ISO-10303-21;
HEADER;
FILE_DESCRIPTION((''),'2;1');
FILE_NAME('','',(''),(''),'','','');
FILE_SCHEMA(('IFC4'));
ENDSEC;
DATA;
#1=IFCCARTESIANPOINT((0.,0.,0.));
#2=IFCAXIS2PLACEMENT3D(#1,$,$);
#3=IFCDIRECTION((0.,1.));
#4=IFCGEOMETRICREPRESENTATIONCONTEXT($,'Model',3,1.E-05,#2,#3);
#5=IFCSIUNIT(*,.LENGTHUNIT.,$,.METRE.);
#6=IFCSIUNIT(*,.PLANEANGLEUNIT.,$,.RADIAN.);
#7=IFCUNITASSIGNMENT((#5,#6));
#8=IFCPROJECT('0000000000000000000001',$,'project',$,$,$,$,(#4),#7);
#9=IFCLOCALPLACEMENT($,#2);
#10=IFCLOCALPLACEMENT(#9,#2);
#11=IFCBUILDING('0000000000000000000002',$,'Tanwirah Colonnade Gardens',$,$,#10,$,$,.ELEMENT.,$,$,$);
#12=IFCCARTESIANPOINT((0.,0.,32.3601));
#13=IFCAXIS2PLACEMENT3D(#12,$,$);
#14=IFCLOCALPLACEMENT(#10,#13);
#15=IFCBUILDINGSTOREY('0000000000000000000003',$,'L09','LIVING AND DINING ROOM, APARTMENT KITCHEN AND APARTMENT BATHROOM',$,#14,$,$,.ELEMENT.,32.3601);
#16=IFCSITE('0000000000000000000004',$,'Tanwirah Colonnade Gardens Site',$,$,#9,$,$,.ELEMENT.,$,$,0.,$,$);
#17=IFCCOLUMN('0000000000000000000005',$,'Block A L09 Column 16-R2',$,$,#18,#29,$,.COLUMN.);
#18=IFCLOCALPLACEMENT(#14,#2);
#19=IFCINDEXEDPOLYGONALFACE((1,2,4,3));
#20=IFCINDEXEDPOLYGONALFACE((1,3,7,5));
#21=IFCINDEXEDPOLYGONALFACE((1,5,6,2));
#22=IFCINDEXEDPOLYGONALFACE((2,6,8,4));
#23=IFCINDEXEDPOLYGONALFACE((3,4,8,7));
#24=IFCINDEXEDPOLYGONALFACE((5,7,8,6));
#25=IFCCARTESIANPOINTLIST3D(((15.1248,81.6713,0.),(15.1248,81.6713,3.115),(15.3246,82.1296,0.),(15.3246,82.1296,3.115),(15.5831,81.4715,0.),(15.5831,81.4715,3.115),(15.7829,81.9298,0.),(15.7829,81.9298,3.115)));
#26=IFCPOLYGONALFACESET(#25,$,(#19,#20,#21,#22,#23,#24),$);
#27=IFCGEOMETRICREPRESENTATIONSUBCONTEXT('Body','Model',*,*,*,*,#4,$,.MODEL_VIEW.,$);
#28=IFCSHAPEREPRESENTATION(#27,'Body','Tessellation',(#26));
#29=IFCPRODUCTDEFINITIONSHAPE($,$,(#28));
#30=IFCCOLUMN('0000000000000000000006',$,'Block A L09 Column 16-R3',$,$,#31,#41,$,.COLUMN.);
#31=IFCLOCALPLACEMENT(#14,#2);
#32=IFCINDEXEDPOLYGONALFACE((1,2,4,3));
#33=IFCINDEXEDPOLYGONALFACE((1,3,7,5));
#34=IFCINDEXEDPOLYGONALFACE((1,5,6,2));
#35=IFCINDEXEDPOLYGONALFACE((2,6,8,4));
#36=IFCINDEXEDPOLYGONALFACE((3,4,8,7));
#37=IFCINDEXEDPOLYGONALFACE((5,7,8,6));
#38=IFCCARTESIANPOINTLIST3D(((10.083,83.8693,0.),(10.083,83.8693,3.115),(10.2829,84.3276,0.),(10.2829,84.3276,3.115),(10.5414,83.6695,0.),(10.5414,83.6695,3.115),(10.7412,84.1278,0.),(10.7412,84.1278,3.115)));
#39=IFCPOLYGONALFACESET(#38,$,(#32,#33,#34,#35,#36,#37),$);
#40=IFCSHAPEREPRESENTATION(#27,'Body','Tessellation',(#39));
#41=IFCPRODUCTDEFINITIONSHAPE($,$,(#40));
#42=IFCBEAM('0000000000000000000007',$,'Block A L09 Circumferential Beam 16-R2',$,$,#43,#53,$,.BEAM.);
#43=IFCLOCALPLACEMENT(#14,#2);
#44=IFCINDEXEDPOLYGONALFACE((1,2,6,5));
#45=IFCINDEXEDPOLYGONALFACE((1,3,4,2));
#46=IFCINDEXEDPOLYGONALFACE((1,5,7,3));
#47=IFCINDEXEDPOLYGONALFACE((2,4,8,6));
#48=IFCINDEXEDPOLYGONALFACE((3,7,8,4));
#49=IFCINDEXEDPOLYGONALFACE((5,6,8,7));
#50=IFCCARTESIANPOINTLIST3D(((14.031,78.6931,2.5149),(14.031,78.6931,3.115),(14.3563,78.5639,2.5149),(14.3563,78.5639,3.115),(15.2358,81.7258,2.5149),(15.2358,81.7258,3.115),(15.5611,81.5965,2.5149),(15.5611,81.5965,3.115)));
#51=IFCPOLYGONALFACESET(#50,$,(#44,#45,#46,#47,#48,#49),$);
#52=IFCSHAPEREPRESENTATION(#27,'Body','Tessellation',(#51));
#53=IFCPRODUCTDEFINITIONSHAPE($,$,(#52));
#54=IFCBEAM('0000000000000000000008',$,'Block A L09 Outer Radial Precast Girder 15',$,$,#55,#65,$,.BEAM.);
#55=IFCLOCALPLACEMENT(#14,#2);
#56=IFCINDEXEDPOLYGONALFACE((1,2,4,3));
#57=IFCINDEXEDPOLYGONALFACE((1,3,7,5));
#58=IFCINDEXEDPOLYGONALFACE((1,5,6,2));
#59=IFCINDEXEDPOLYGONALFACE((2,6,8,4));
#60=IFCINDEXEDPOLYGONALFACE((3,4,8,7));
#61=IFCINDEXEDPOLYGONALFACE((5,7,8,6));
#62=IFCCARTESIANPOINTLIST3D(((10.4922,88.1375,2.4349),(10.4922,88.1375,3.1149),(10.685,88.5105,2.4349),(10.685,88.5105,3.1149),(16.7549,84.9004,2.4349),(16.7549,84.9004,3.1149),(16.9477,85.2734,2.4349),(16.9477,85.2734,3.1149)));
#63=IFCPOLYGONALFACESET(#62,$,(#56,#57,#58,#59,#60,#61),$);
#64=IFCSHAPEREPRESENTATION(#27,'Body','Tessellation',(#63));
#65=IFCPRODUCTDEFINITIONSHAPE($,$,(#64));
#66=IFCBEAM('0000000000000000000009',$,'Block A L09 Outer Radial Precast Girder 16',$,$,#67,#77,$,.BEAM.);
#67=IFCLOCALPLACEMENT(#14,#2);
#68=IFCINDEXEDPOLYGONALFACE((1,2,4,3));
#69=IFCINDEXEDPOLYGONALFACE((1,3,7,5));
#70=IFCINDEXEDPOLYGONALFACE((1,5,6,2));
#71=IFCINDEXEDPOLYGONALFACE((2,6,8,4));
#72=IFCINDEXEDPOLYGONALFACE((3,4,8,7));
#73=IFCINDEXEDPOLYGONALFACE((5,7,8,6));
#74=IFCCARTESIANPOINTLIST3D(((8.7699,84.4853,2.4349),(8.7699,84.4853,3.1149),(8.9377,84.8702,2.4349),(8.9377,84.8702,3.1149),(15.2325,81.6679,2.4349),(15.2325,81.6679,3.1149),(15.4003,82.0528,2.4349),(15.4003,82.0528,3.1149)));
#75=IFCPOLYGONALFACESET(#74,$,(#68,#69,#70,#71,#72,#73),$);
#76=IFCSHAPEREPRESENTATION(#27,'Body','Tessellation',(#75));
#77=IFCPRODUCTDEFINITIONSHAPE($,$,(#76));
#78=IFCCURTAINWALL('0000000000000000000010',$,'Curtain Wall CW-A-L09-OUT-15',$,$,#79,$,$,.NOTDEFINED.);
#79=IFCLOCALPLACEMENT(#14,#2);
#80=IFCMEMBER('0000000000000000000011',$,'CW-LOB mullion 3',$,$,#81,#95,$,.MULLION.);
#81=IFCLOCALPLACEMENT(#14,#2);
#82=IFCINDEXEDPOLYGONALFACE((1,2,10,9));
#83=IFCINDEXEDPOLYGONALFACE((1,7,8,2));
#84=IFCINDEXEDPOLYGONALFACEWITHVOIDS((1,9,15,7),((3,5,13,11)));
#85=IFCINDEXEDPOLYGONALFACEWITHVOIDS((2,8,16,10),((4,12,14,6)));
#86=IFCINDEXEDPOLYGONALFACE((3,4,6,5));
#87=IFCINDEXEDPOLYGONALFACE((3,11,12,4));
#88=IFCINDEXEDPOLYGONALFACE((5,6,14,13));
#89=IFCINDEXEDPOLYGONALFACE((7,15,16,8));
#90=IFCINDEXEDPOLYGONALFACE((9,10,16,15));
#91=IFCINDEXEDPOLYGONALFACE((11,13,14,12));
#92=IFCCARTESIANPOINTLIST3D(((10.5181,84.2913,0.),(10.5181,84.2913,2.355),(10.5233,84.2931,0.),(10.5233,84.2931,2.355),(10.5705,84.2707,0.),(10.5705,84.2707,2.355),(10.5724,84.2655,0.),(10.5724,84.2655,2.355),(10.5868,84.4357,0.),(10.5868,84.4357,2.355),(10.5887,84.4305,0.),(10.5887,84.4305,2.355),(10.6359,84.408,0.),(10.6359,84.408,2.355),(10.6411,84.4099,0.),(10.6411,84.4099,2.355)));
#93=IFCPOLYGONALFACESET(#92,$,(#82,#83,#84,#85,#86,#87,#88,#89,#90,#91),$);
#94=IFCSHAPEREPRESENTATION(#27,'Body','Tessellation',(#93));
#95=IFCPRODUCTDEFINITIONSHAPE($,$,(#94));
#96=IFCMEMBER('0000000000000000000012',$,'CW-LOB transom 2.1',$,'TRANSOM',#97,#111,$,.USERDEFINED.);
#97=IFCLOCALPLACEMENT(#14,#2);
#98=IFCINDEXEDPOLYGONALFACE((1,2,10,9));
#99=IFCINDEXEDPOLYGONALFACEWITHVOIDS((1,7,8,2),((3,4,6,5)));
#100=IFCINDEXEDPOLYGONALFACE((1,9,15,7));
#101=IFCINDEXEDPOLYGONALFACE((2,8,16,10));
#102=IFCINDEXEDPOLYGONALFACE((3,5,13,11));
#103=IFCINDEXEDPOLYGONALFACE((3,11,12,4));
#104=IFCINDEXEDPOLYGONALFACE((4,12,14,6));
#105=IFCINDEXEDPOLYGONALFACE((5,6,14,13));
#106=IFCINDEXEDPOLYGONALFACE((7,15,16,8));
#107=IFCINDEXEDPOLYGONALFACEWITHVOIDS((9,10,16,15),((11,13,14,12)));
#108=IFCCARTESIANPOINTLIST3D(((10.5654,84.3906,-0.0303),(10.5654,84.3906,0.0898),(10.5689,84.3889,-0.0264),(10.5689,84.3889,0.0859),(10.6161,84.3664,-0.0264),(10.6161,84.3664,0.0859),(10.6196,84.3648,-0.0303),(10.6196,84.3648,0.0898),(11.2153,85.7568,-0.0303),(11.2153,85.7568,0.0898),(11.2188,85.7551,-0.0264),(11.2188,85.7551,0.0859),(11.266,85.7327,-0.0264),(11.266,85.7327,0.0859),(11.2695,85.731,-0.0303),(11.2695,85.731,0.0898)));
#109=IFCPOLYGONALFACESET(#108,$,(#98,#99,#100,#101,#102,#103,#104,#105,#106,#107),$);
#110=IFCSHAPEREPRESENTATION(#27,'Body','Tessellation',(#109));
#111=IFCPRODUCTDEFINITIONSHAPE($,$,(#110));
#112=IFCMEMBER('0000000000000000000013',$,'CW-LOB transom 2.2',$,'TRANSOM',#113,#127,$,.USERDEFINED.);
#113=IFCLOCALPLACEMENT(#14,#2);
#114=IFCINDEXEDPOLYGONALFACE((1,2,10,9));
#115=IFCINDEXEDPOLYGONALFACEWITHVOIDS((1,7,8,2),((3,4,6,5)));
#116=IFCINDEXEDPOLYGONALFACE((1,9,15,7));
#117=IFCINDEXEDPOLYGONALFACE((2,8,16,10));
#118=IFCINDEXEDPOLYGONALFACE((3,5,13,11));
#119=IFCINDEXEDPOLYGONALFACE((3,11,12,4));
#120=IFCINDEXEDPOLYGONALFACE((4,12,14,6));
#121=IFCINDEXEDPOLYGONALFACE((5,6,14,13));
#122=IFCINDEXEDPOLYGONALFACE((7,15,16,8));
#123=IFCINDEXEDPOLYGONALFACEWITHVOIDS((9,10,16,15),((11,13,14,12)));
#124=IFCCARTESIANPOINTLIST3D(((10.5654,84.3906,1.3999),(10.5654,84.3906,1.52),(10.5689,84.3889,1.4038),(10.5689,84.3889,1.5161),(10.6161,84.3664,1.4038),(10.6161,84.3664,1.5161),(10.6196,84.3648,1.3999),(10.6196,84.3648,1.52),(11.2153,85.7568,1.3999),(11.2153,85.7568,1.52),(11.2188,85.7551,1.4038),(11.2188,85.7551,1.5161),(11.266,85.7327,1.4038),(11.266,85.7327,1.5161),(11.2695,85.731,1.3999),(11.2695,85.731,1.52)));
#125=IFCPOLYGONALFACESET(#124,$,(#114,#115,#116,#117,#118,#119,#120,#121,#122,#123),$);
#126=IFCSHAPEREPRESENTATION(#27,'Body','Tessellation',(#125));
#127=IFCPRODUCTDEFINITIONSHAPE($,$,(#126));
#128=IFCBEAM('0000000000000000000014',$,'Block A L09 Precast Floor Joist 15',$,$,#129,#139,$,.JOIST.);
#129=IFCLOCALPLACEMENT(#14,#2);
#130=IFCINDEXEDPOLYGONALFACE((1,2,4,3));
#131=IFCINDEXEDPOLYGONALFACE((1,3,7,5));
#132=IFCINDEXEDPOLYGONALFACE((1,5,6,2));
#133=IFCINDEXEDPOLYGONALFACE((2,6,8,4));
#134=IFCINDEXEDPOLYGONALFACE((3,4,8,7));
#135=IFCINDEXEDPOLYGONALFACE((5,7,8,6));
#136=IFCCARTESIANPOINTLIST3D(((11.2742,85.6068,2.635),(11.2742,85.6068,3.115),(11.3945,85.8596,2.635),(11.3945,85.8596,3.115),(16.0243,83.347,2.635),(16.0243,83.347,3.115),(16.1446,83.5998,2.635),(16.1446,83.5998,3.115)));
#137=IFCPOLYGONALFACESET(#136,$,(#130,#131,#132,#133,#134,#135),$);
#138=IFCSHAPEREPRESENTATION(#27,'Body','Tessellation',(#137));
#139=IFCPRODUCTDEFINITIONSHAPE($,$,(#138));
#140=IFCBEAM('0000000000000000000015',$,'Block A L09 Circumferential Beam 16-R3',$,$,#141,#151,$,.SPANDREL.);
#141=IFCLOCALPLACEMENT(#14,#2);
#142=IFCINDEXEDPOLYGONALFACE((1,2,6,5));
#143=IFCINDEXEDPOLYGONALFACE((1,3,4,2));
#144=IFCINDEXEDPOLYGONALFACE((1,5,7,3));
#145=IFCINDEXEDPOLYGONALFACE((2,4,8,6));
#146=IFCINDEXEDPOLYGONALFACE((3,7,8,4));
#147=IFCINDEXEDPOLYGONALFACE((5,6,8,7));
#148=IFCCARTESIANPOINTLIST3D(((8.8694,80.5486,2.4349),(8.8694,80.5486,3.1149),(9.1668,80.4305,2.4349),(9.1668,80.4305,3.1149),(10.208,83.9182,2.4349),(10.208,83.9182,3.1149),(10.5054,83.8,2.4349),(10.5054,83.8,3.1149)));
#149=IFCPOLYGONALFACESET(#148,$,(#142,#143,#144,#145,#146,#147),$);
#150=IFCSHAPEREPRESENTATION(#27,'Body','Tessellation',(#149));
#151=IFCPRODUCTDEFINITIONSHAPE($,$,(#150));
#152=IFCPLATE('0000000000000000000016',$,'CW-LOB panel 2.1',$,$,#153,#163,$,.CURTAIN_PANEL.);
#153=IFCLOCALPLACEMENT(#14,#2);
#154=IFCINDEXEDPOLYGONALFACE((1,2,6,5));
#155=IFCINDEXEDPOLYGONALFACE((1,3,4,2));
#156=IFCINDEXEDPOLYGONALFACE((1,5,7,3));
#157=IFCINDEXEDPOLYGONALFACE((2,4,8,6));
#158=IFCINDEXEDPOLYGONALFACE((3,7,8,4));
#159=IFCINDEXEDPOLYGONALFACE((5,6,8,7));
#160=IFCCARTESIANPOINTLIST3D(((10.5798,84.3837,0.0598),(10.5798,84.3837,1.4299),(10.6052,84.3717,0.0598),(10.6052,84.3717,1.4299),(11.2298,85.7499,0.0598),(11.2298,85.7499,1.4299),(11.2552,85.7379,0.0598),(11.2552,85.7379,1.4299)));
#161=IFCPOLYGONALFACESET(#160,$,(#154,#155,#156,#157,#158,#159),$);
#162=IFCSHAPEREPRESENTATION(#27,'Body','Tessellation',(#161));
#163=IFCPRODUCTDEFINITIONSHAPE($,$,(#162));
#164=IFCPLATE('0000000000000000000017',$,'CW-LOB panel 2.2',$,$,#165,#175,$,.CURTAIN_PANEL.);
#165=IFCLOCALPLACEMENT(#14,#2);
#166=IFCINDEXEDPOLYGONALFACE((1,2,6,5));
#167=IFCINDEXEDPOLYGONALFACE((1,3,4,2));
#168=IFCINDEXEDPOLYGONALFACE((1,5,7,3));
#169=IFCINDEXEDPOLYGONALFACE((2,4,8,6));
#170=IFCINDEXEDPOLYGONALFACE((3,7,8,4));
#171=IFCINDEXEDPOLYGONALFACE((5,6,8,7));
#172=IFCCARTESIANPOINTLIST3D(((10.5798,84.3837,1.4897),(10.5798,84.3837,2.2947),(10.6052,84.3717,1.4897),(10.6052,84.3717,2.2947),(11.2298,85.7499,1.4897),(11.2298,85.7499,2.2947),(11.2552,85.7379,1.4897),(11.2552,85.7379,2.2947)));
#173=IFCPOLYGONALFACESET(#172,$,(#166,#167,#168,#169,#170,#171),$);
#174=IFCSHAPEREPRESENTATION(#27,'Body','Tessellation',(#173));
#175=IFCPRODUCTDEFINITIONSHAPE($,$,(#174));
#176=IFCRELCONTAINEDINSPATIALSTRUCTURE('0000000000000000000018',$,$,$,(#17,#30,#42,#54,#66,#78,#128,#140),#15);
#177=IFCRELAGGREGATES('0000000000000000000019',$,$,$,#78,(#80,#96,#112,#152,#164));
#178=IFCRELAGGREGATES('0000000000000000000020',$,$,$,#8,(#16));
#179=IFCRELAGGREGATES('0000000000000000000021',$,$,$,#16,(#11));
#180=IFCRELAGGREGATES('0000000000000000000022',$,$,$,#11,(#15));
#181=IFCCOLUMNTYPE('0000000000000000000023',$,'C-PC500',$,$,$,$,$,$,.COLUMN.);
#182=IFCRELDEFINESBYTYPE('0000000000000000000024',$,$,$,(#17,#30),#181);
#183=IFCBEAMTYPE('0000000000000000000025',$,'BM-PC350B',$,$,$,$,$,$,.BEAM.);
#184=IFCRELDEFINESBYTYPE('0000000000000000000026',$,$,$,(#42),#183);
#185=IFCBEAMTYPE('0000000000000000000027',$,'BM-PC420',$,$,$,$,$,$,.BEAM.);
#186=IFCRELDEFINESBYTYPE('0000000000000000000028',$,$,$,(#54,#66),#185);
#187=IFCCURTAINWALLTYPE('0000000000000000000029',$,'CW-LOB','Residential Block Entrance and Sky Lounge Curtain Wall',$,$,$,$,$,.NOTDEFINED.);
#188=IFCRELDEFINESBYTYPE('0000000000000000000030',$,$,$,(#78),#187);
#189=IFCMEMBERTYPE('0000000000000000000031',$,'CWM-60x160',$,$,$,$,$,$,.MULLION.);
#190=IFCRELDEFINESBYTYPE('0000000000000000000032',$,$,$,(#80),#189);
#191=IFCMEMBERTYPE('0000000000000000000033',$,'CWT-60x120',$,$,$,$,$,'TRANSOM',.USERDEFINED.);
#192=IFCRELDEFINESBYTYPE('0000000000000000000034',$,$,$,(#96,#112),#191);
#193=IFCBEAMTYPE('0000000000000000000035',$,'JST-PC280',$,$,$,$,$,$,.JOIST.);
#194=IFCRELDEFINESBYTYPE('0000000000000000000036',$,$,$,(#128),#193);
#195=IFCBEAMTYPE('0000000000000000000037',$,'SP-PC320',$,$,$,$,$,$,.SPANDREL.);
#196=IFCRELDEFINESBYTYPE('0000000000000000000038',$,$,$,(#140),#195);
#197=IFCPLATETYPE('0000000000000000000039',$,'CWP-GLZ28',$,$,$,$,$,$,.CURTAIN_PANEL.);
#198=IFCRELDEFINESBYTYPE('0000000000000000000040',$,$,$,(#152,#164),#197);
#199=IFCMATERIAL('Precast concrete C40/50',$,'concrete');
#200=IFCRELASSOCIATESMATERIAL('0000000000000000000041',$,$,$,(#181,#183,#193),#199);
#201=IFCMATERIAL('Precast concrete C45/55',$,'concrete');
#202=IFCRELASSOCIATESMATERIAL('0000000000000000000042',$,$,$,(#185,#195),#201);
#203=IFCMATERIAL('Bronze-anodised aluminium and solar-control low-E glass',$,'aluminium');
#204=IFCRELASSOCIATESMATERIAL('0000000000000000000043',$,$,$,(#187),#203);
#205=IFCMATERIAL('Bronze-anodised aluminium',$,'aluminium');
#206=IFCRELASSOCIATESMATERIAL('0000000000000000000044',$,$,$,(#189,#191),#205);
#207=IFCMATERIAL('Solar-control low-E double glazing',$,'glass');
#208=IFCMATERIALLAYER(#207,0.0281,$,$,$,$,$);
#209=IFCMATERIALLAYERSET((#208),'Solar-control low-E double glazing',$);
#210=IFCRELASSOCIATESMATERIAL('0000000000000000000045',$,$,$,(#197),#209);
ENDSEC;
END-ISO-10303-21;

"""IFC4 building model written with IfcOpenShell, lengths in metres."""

from ifc_helpers import new_model, si_unit, direction, frame, origin, origin_2d, place, context, subcontext, project, spatial, rectangle, hollow_rectangle, extrude, material, layer, layer_set, material_profile, profile_set, type_object, element, aggregate, save


model = new_model("IFC4")

# Units and contexts
model_context = context("Model", 3, precision=1e-05, world=origin(), true_north=direction((0.0, 1.0)))
body_context = subcontext(model_context, "Body", "Model", "MODEL_VIEW")
ifc_project = project(units=[si_unit("LENGTHUNIT", "METRE"), si_unit("PLANEANGLEUNIT", "RADIAN")], contexts=[model_context])

# Site, building, storey
site_placement = place(None, origin())
site = spatial("IfcSite", under=ifc_project, at=site_placement, Name="Tanwirah Colonnade Gardens Site", CompositionType="ELEMENT", RefElevation=0.0)
building_placement = place(site_placement, origin())
building = spatial("IfcBuilding", under=site, at=building_placement, Name="Tanwirah Colonnade Gardens", CompositionType="ELEMENT")
storey_placement = place(building_placement, frame((0.0, 0.0, 32.3601)))
storey = spatial("IfcBuildingStorey", under=building, at=storey_placement, Name="L09", Description="LIVING AND DINING ROOM, APARTMENT KITCHEN AND APARTMENT BATHROOM", CompositionType="ELEMENT", Elevation=32.3601)

# Columns
ifc_material_1 = material(Name="Precast concrete C40/50", Category="concrete")
ifc_material_profile_1 = material_profile(ifc_material_1, rectangle(XDim=0.5, YDim=0.5, at=origin_2d()), Name="PC-COL 500x500")
ifc_profile_set_1 = profile_set([ifc_material_profile_1], Name="Precast concrete C40/50")
column_type = type_object("IfcColumnType", Name="C-PC500", PredefinedType="COLUMN", material=ifc_profile_set_1)
for number, where, z_axis, x_axis, name in (
    (1, (15.4539, 81.8005, 0.0), (0.0, 0.0, 1.0), (-0.916673, 0.399638, 0.0), "Block A L09 Column 16-R2"),
    (2, (10.4121, 83.9985, 0.0), (0.0, 0.0, 1.0), (-0.916673, 0.399638, 0.0), "Block A L09 Column 16-R3"),
):
    element("IfcColumn", number, at=place(storey_placement, frame(where, z_axis=z_axis, x_axis=x_axis)), inside=storey, type_object=column_type, Name=name, PredefinedType="COLUMN", context=body_context, shape_type="SweptSolid", body=[
        extrude(rectangle(XDim=0.5, YDim=0.5, at=origin_2d()), origin(), (0.0, 0.0, 1.0), 3.115),
    ])

# Beams
ifc_material_profile_2 = material_profile(ifc_material_1, rectangle(XDim=0.3501, YDim=0.6001, at=origin_2d()), Name="PC-BM 350x600")
ifc_profile_set_2 = profile_set([ifc_material_profile_2], Name="Precast concrete C40/50")
beam_type_1 = type_object("IfcBeamType", Name="BM-PC350B", PredefinedType="BEAM", material=ifc_profile_set_2)
beam_1_placement = place(storey_placement, frame((15.3984, 81.6611, 2.8149), z_axis=(-0.36921, -0.929346, 0.0), x_axis=(0.929346, -0.36921, 0.0)))
element("IfcBeam", 3, at=beam_1_placement, inside=storey, type_object=beam_type_1, Name="Block A L09 Circumferential Beam 16-R2", PredefinedType="BEAM", context=body_context, shape_type="SweptSolid", body=[
    extrude(rectangle(XDim=0.3501, YDim=0.6001, at=origin_2d()), origin(), (0.0, 0.0, 1.0), 3.2632),
])
ifc_material_2 = material(Name="Precast concrete C45/55", Category="concrete")
ifc_material_profile_3 = material_profile(ifc_material_2, rectangle(XDim=0.4199, YDim=0.6799, at=origin_2d()), Name="PC-BM 420x680")
ifc_profile_set_3 = profile_set([ifc_material_profile_3], Name="Precast concrete C45/55")
beam_type_2 = type_object("IfcBeamType", Name="BM-PC420", PredefinedType="BEAM", material=ifc_profile_set_3)
beam_2_placement = place(storey_placement, frame((16.8513, 85.0869, 2.7749), z_axis=(-0.888349, 0.459169, 0.0), x_axis=(-0.459169, -0.888349, 0.0)))
element("IfcBeam", 4, at=beam_2_placement, inside=storey, type_object=beam_type_2, Name="Block A L09 Outer Radial Precast Girder 15", PredefinedType="BEAM", context=body_context, shape_type="SweptSolid", body=[
    extrude(rectangle(XDim=0.4199, YDim=0.6799, at=origin_2d()), origin(), (0.0, 0.0, 1.0), 7.0498),
])
beam_3_placement = place(storey_placement, frame((15.3164, 81.8604, 2.7749), z_axis=(-0.916679, 0.399625, 0.0), x_axis=(-0.399625, -0.916679, 0.0)))
element("IfcBeam", 5, at=beam_3_placement, inside=storey, type_object=beam_type_2, Name="Block A L09 Outer Radial Precast Girder 16", PredefinedType="BEAM", context=body_context, shape_type="SweptSolid", body=[
    extrude(rectangle(XDim=0.4199, YDim=0.6799, at=origin_2d()), origin(), (0.0, 0.0, 1.0), 7.05),
])

# Curtain wall, members
ifc_material_3 = material(Name="Bronze-anodised aluminium and solar-control low-E glass", Category="aluminium")
curtain_wall_type = type_object("IfcCurtainWallType", Name="CW-LOB", Description="Residential Block Entrance and Sky Lounge Curtain Wall", PredefinedType="NOTDEFINED", material=ifc_material_3)
curtain_wall_placement = place(storey_placement, origin())
curtain_wall = element("IfcCurtainWall", 6, at=curtain_wall_placement, inside=storey, type_object=curtain_wall_type, Name="Curtain Wall CW-A-L09-OUT-15", PredefinedType="NOTDEFINED")
ifc_material_4 = material(Name="Bronze-anodised aluminium", Category="aluminium")
ifc_material_profile_4 = material_profile(ifc_material_4, hollow_rectangle(XDim=0.0601, YDim=0.1599, WallThickness=0.0039, at=origin_2d()), Name="CW-MUL 60x160x4")
ifc_profile_set_4 = profile_set([ifc_material_profile_4], Name="Bronze-anodised aluminium")
member_type_1 = type_object("IfcMemberType", Name="CWM-60x160", PredefinedType="MULLION", material=ifc_profile_set_4)
member_1_placement = place(storey_placement, frame((10.5796, 84.3506, 0.0), z_axis=(0.0, 0.0, 1.0), x_axis=(0.903002, -0.429635, 0.0)))
member_1 = element("IfcMember", 7, at=member_1_placement, type_object=member_type_1, Name="CW-LOB mullion 3", PredefinedType="MULLION", context=body_context, shape_type="SweptSolid", body=[
    extrude(hollow_rectangle(XDim=0.0601, YDim=0.1599, WallThickness=0.0039, at=origin_2d()), origin(), (0.0, 0.0, 1.0), 2.355),
])
ifc_material_profile_5 = material_profile(ifc_material_4, hollow_rectangle(XDim=0.0601, YDim=0.1201, WallThickness=0.0039, at=origin_2d()), Name="CW-TRN 60x120x4")
ifc_profile_set_5 = profile_set([ifc_material_profile_5], Name="Bronze-anodised aluminium")
member_type_2 = type_object("IfcMemberType", Name="CWT-60x120", ElementType="TRANSOM", PredefinedType="USERDEFINED", material=ifc_profile_set_5)
member_2_placement = place(storey_placement, frame((11.2424, 85.7439, 0.0298), z_axis=(-0.42957, -0.903033, 0.0), x_axis=(0.903033, -0.42957, 0.0)))
member_2 = element("IfcMember", 8, at=member_2_placement, type_object=member_type_2, Name="CW-LOB transom 2.1", ObjectType="TRANSOM", PredefinedType="USERDEFINED", context=body_context, shape_type="SweptSolid", body=[
    extrude(hollow_rectangle(XDim=0.0601, YDim=0.1201, WallThickness=0.0039, at=origin_2d()), origin(), (0.0, 0.0, 1.0), 1.5129),
])
member_3_placement = place(storey_placement, frame((11.2424, 85.7439, 1.46), z_axis=(-0.42957, -0.903033, 0.0), x_axis=(0.903033, -0.42957, 0.0)))
member_3 = element("IfcMember", 9, at=member_3_placement, type_object=member_type_2, Name="CW-LOB transom 2.2", ObjectType="TRANSOM", PredefinedType="USERDEFINED", context=body_context, shape_type="SweptSolid", body=[
    extrude(hollow_rectangle(XDim=0.0601, YDim=0.1201, WallThickness=0.0039, at=origin_2d()), origin(), (0.0, 0.0, 1.0), 1.5129),
])

# Beams
ifc_material_profile_6 = material_profile(ifc_material_1, rectangle(XDim=0.28, YDim=0.48, at=origin_2d()), Name="PC-JST 280x480")
ifc_profile_set_6 = profile_set([ifc_material_profile_6], Name="Precast concrete C40/50")
beam_type_3 = type_object("IfcBeamType", Name="JST-PC280", PredefinedType="JOIST", material=ifc_profile_set_6)
beam_4_placement = place(storey_placement, frame((16.0845, 83.4734, 2.875), z_axis=(-0.903018, 0.429602, 0.0), x_axis=(-0.429602, -0.903018, 0.0)))
element("IfcBeam", 10, at=beam_4_placement, inside=storey, type_object=beam_type_3, Name="Block A L09 Precast Floor Joist 15", PredefinedType="JOIST", context=body_context, shape_type="SweptSolid", body=[
    extrude(rectangle(XDim=0.28, YDim=0.48, at=origin_2d()), origin(), (0.0, 0.0, 1.0), 5.2603),
])
ifc_material_profile_7 = material_profile(ifc_material_2, rectangle(XDim=0.3201, YDim=0.6799, at=origin_2d()), Name="PC-SP 320x680")
ifc_profile_set_7 = profile_set([ifc_material_profile_7], Name="Precast concrete C45/55")
beam_type_4 = type_object("IfcBeamType", Name="SP-PC320", PredefinedType="SPANDREL", material=ifc_profile_set_7)
beam_5_placement = place(storey_placement, frame((10.3567, 83.8591, 2.7749), z_axis=(-0.369195, -0.929352, 0.0), x_axis=(0.929352, -0.369195, 0.0)))
element("IfcBeam", 11, at=beam_5_placement, inside=storey, type_object=beam_type_4, Name="Block A L09 Circumferential Beam 16-R3", PredefinedType="SPANDREL", context=body_context, shape_type="SweptSolid", body=[
    extrude(rectangle(XDim=0.3201, YDim=0.6799, at=origin_2d()), origin(), (0.0, 0.0, 1.0), 3.6257),
])

# Plates
ifc_material_5 = material(Name="Solar-control low-E double glazing", Category="glass")
ifc_layer_1 = layer(ifc_material_5, 0.0281)
ifc_layer_set_1 = layer_set([ifc_layer_1], Name="Solar-control low-E double glazing")
plate_type = type_object("IfcPlateType", Name="CWP-GLZ28", PredefinedType="CURTAIN_PANEL", material=ifc_layer_set_1)
plate_1_placement = place(storey_placement, frame((10.9175, 85.0608, 0.0598), z_axis=(0.0, 0.0, 1.0), x_axis=(-0.429635, -0.903002, 0.0)))
plate_1 = element("IfcPlate", 12, at=plate_1_placement, type_object=plate_type, Name="CW-LOB panel 2.1", PredefinedType="CURTAIN_PANEL", context=body_context, shape_type="SweptSolid", body=[
    extrude(rectangle(XDim=1.5129, YDim=0.0281, at=origin_2d()), origin(), (0.0, 0.0, 1.0), 1.3701),
])
plate_2_placement = place(storey_placement, frame((10.9175, 85.0608, 1.4897), z_axis=(0.0, 0.0, 1.0), x_axis=(-0.429635, -0.903002, 0.0)))
plate_2 = element("IfcPlate", 13, at=plate_2_placement, type_object=plate_type, Name="CW-LOB panel 2.2", PredefinedType="CURTAIN_PANEL", context=body_context, shape_type="SweptSolid", body=[
    extrude(rectangle(XDim=1.5129, YDim=0.0281, at=origin_2d()), origin(), (0.0, 0.0, 1.0), 0.8049),
])
aggregate(curtain_wall, [member_1, member_2, member_3, plate_1, plate_2])

save(model, "model.ifc")
